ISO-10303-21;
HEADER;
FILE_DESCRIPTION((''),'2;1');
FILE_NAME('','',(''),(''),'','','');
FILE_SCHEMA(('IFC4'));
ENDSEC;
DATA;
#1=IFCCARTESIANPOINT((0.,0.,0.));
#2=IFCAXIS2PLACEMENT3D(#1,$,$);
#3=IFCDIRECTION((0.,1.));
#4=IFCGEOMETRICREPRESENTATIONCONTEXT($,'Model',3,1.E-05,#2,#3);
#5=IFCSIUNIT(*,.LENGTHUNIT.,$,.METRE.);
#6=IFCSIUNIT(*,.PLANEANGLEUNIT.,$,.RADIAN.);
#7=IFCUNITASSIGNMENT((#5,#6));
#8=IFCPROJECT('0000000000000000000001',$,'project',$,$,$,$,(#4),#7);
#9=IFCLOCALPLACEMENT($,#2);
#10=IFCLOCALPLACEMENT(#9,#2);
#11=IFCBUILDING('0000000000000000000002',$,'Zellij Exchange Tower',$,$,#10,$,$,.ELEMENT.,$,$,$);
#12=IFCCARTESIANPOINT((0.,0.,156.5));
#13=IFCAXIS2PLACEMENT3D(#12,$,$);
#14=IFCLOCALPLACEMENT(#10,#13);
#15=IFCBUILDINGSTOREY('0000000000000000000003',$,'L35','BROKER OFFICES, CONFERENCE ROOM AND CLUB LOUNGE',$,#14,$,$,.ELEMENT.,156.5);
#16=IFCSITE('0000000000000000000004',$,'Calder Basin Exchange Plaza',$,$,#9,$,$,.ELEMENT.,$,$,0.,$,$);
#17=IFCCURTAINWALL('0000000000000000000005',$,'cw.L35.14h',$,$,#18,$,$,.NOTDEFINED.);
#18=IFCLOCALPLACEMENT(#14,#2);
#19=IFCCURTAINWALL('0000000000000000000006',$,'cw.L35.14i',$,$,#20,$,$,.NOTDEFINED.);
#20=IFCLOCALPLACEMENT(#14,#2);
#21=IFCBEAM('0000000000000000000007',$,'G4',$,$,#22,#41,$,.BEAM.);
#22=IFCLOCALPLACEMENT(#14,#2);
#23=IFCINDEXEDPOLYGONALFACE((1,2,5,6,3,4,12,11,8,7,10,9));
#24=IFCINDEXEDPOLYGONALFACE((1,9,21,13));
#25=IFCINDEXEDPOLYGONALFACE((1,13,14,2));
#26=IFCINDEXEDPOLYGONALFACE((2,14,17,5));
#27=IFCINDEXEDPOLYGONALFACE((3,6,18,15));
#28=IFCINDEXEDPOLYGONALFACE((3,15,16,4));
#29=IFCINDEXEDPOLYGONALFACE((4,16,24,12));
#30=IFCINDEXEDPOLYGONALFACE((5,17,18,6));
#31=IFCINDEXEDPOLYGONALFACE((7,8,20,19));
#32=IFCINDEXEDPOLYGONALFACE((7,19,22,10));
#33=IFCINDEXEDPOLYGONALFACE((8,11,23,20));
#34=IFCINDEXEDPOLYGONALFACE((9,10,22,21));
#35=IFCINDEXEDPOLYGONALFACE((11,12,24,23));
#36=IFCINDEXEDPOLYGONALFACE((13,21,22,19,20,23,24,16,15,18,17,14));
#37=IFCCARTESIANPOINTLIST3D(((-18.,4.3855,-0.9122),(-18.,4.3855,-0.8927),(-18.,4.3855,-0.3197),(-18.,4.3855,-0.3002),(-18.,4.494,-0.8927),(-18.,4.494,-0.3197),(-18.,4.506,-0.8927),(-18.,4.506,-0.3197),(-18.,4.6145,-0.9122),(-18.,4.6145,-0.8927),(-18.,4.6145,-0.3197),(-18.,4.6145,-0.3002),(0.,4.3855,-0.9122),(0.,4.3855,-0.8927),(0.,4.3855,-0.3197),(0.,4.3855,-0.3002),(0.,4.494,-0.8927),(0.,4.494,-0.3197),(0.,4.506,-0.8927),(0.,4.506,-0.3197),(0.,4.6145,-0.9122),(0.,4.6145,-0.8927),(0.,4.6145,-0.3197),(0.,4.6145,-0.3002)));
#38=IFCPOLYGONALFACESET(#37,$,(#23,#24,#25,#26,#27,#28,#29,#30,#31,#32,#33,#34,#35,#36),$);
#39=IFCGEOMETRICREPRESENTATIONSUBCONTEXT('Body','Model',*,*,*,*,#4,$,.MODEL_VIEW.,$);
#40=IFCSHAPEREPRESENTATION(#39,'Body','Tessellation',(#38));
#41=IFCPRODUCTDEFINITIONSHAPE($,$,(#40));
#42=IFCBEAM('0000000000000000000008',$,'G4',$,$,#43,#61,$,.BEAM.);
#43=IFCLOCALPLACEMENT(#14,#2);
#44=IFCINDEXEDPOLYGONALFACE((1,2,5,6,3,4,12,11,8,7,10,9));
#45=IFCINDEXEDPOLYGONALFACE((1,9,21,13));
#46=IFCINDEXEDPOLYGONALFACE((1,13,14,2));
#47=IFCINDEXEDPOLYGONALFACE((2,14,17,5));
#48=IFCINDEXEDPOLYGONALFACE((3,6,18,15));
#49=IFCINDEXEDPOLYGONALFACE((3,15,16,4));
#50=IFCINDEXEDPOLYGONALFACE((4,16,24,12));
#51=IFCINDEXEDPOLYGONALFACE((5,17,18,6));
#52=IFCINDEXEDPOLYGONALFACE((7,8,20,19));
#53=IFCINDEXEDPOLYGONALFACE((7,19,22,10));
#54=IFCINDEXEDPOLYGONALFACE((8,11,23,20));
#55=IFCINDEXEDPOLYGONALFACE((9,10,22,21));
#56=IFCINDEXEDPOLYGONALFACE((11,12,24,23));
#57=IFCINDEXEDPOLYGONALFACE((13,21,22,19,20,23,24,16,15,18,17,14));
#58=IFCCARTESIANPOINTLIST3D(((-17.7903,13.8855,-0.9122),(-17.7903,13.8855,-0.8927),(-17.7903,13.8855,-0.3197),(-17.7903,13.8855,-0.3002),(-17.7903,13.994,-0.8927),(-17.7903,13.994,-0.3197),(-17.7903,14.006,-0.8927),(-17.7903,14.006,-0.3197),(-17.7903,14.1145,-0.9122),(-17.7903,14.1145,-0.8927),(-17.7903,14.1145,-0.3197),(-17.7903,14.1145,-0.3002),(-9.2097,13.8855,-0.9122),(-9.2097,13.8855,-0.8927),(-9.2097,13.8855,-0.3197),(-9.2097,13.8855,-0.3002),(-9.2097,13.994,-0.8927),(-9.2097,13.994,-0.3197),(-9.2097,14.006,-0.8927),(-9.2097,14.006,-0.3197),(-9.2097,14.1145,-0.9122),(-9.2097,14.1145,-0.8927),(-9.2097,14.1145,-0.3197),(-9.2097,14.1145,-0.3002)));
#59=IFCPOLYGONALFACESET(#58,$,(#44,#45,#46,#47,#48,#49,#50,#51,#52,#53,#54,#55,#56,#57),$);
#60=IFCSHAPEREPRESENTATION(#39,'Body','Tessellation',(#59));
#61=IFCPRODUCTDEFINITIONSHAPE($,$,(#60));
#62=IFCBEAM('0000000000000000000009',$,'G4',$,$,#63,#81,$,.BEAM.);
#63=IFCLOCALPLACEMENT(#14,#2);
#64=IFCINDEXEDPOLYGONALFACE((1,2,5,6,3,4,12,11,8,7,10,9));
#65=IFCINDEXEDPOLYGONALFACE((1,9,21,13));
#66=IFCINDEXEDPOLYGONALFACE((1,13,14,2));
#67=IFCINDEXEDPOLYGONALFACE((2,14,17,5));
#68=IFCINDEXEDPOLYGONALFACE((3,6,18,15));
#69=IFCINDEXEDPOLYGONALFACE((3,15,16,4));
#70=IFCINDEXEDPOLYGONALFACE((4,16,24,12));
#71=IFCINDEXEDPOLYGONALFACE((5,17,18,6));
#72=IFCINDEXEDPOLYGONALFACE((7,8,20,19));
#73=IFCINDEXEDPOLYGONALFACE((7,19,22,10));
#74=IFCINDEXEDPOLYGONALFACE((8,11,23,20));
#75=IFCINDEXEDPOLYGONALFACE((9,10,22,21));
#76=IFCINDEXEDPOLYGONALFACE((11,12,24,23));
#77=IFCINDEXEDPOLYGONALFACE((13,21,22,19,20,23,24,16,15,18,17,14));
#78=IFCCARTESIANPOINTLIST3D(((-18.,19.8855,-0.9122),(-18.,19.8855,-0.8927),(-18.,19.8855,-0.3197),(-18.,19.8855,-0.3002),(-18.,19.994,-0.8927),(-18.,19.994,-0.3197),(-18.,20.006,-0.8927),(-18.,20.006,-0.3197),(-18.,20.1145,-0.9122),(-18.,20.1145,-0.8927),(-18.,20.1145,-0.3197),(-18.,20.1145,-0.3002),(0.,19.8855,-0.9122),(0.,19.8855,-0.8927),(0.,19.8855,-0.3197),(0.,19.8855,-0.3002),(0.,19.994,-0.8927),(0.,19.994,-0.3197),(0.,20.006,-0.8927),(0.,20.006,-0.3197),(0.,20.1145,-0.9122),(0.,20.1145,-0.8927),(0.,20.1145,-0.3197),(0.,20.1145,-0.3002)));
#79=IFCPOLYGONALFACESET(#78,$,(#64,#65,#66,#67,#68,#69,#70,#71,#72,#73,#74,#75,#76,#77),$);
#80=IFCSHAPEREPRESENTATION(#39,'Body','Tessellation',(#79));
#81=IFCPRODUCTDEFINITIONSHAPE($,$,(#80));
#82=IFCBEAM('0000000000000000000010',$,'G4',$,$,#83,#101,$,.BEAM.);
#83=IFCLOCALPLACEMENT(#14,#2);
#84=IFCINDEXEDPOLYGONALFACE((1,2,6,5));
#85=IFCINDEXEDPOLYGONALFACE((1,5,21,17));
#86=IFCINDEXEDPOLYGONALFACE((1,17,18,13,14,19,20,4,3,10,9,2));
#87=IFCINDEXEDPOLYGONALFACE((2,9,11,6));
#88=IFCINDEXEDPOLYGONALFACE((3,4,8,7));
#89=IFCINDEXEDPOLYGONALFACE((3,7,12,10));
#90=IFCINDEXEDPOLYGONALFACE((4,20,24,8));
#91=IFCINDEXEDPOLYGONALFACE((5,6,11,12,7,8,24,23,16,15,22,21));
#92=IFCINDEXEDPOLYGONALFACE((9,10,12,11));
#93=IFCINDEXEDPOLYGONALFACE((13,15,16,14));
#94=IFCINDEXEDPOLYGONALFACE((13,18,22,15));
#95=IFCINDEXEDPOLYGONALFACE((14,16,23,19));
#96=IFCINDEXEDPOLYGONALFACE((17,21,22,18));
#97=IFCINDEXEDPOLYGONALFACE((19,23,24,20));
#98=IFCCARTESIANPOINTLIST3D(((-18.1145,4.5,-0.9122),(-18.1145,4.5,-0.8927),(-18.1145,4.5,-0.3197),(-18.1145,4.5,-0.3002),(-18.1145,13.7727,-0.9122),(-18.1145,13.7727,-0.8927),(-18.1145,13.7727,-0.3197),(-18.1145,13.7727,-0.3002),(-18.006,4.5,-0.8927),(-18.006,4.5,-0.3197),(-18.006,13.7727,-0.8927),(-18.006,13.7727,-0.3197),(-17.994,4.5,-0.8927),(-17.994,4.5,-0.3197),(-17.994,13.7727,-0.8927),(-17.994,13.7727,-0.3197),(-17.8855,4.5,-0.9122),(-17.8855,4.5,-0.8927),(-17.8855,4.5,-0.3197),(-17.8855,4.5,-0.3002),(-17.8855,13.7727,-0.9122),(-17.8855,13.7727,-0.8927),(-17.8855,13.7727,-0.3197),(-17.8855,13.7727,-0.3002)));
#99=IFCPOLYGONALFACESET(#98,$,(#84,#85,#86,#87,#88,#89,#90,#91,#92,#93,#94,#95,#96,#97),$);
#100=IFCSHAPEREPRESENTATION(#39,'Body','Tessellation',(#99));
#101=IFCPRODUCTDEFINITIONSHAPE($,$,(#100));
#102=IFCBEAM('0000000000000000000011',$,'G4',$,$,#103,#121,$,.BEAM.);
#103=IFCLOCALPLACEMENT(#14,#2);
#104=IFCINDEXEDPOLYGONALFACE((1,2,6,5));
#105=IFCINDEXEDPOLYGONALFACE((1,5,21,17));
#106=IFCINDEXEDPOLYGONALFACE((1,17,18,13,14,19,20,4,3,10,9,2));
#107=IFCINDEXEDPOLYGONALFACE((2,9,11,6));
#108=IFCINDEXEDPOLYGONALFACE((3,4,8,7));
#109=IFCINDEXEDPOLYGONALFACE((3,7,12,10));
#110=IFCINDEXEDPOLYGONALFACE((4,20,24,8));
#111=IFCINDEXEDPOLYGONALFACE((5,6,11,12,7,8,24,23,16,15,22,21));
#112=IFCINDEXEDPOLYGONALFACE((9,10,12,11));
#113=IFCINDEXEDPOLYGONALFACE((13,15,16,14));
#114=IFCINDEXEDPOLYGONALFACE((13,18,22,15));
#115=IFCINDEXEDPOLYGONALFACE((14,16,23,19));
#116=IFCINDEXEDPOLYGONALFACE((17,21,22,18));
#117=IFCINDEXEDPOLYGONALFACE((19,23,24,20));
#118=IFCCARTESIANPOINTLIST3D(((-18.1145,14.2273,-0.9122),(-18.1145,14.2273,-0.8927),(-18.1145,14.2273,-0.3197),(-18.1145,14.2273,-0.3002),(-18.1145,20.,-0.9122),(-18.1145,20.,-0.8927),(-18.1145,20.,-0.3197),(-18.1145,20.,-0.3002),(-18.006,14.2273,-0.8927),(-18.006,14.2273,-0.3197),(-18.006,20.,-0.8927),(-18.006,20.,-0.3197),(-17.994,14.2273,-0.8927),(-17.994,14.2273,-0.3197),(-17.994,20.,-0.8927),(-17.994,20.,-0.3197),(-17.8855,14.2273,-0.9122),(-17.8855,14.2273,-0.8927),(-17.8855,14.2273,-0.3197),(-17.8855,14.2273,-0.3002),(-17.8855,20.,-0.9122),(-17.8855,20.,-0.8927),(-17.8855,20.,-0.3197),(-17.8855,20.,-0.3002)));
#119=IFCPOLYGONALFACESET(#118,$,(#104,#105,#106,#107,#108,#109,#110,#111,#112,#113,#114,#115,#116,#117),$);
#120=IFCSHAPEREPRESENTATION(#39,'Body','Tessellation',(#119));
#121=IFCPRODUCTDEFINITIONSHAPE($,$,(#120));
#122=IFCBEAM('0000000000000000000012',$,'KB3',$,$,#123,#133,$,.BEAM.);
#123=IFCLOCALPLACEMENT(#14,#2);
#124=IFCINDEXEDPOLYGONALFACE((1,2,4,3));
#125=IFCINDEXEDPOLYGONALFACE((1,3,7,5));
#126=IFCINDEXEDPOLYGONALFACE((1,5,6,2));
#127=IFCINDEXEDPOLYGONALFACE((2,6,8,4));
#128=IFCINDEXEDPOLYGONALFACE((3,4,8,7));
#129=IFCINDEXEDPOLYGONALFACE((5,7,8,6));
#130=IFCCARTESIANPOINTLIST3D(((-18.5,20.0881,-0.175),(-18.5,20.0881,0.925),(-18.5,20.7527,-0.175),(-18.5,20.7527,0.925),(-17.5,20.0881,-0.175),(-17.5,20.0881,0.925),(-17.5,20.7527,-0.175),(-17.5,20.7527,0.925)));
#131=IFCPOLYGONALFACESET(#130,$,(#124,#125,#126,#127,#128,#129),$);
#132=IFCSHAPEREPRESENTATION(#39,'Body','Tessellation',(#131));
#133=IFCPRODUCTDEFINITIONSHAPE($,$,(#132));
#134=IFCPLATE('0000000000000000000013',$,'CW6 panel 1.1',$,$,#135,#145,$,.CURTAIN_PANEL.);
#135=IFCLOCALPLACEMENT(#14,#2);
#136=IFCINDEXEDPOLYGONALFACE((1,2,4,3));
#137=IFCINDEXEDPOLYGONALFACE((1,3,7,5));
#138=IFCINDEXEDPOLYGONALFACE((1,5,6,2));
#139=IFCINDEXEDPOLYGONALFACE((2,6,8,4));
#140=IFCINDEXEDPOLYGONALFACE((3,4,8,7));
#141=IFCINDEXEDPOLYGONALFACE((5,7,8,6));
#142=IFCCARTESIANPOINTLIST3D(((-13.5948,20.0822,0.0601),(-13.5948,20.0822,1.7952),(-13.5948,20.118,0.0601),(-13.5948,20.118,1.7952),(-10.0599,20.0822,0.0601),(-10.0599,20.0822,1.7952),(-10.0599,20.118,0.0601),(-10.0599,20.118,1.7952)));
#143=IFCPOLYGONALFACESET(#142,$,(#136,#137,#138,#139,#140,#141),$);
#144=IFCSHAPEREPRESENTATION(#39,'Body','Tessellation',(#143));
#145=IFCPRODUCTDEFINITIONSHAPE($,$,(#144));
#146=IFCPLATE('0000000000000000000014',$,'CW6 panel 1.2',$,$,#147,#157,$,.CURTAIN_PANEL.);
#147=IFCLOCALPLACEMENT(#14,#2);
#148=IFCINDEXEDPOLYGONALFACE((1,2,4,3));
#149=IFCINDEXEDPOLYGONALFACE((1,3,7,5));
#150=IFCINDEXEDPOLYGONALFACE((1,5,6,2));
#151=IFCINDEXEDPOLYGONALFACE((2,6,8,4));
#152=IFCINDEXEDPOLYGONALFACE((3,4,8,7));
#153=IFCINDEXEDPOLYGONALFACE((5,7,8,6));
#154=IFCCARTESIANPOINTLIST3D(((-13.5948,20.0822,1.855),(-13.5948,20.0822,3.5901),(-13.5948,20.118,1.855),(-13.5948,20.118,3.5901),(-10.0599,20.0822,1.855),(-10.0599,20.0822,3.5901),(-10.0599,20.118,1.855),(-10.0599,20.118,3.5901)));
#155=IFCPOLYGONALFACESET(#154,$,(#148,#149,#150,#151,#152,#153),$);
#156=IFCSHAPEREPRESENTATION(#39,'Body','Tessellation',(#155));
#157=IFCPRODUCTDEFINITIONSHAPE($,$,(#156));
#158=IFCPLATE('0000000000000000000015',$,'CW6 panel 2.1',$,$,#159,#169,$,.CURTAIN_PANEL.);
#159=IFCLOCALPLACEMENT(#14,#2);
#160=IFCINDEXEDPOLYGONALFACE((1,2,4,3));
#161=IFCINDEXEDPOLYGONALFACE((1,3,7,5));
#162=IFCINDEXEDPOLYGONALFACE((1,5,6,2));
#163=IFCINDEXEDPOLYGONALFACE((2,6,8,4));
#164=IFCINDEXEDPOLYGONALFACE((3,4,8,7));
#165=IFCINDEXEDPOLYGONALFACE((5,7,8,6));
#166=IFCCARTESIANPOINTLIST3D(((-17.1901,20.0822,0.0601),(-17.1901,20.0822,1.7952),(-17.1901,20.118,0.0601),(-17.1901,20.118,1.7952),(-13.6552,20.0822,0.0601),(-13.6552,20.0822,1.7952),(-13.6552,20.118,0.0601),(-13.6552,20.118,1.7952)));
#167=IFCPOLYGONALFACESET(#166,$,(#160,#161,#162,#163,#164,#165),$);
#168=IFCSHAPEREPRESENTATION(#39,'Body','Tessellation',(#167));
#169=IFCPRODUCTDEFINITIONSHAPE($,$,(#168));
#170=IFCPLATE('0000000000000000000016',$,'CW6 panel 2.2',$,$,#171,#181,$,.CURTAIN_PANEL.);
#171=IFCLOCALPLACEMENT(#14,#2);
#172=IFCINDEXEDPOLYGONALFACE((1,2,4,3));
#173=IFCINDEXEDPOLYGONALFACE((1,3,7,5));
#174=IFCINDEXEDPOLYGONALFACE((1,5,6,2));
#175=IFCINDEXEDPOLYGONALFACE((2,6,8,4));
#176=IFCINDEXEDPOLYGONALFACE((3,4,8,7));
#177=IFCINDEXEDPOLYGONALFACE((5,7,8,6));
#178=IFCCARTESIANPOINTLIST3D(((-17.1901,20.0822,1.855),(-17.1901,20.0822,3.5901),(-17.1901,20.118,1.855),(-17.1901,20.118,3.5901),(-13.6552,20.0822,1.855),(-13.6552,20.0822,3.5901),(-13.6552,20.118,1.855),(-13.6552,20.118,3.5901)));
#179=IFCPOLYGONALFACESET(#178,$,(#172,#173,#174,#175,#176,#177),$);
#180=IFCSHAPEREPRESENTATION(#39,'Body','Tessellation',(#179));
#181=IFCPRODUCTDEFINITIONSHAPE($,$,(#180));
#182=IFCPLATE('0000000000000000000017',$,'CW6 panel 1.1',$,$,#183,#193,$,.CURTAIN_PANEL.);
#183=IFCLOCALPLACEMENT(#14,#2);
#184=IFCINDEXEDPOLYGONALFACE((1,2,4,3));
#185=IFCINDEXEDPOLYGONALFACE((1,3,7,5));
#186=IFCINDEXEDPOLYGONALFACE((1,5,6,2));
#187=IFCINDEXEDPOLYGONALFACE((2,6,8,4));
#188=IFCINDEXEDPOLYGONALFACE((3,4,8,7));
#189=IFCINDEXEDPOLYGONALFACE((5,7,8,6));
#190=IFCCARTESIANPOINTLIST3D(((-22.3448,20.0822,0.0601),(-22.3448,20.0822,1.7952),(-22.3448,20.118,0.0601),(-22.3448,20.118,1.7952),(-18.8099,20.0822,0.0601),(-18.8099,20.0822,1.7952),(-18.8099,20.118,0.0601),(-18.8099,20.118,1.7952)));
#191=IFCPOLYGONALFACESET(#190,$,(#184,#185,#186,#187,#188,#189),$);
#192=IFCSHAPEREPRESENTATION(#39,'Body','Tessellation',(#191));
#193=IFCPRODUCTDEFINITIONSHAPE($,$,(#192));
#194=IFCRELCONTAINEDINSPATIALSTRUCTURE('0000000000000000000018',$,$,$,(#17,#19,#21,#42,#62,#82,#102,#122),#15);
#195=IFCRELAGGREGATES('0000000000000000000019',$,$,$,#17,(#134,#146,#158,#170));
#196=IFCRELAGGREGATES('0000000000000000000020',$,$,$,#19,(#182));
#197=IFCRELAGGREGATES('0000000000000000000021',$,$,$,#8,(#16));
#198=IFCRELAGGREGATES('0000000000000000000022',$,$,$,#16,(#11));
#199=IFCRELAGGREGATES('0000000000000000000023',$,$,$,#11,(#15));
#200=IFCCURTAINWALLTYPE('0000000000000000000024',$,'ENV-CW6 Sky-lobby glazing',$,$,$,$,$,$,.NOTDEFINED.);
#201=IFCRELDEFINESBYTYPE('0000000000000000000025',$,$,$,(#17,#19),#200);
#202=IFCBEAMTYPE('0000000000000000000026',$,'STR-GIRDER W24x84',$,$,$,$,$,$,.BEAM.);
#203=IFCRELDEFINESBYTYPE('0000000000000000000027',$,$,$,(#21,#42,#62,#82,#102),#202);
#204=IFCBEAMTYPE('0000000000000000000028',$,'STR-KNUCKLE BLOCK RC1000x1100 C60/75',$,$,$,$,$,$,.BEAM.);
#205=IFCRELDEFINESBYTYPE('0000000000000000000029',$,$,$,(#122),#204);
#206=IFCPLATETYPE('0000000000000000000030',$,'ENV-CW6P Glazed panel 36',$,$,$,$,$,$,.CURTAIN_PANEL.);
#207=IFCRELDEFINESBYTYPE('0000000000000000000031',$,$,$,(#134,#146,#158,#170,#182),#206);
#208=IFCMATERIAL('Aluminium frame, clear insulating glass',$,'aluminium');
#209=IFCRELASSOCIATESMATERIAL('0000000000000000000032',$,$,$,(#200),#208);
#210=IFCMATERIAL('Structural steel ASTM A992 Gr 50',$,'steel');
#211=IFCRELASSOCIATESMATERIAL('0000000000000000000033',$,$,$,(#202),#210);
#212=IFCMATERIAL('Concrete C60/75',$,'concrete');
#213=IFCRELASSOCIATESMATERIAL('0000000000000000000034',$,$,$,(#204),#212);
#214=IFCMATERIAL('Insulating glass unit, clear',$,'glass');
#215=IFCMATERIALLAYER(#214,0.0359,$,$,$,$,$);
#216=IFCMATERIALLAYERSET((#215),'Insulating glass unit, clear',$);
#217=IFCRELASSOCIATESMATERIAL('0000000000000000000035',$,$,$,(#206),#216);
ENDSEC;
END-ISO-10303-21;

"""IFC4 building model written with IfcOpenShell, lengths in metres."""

from ifc_helpers import new_model, si_unit, direction, frame, origin, origin_2d, place, context, subcontext, project, spatial, rectangle, i_section, extrude, material, layer, layer_set, material_profile, profile_set, type_object, element, aggregate, save


model = new_model("IFC4")

# Units and contexts
model_context = context("Model", 3, precision=1e-05, world=origin(), true_north=direction((0.0, 1.0)))
body_context = subcontext(model_context, "Body", "Model", "MODEL_VIEW")
ifc_project = project(units=[si_unit("LENGTHUNIT", "METRE"), si_unit("PLANEANGLEUNIT", "RADIAN")], contexts=[model_context])

# Site, building, storey
site_placement = place(None, origin())
site = spatial("IfcSite", under=ifc_project, at=site_placement, Name="Calder Basin Exchange Plaza", CompositionType="ELEMENT", RefElevation=0.0)
building_placement = place(site_placement, origin())
building = spatial("IfcBuilding", under=site, at=building_placement, Name="Zellij Exchange Tower", CompositionType="ELEMENT")
storey_placement = place(building_placement, frame((0.0, 0.0, 156.5)))
storey = spatial("IfcBuildingStorey", under=building, at=storey_placement, Name="L35", Description="BROKER OFFICES, CONFERENCE ROOM AND CLUB LOUNGE", CompositionType="ELEMENT", Elevation=156.5)

# Shared definitions
ifc_material_1 = material(Name="Concrete C60/75", Category="concrete")

# Curtain wall
ifc_material_2 = material(Name="Aluminium frame, clear insulating glass", Category="aluminium")
curtain_wall_type = type_object("IfcCurtainWallType", Name="ENV-CW6 Sky-lobby glazing", PredefinedType="NOTDEFINED", material=ifc_material_2)
curtain_wall_1_placement = place(storey_placement, origin())
curtain_wall_1 = element("IfcCurtainWall", 1, at=curtain_wall_1_placement, inside=storey, type_object=curtain_wall_type, Name="cw.L35.14h", PredefinedType="NOTDEFINED")

# Curtain wall
curtain_wall_2_placement = place(storey_placement, origin())
curtain_wall_2 = element("IfcCurtainWall", 2, at=curtain_wall_2_placement, inside=storey, type_object=curtain_wall_type, Name="cw.L35.14i", PredefinedType="NOTDEFINED")

# Beams
ifc_material_3 = material(Name="Structural steel ASTM A992 Gr 50", Category="steel")
ifc_material_profile_1 = material_profile(ifc_material_3, i_section(OverallWidth=0.229, OverallDepth=0.6121, WebThickness=0.012, FlangeThickness=0.0195, at=origin_2d()), Name="W24x84")
ifc_profile_set_1 = profile_set([ifc_material_profile_1], Name="Structural steel ASTM A992 Gr 50")
beam_type_1 = type_object("IfcBeamType", Name="STR-GIRDER W24x84", PredefinedType="BEAM", material=ifc_profile_set_1)
beam_1_placement = place(storey_placement, frame((-18.0, 4.5, -0.6062), z_axis=(1.0, 0.0, 0.0), x_axis=(0.0, 1.0, 0.0)))
element("IfcBeam", 3, at=beam_1_placement, inside=storey, type_object=beam_type_1, Name="G4", PredefinedType="BEAM", context=body_context, shape_type="SweptSolid", body=[
    extrude(i_section(OverallWidth=0.229, OverallDepth=0.6121, WebThickness=0.012, FlangeThickness=0.0195, at=origin_2d()), origin(), (0.0, 0.0, 1.0), 18.0),
])
beam_2_placement = place(storey_placement, frame((-17.7903, 14.0, -0.6062), z_axis=(1.0, 0.0, 0.0), x_axis=(0.0, 1.0, 0.0)))
element("IfcBeam", 4, at=beam_2_placement, inside=storey, type_object=beam_type_1, Name="G4", PredefinedType="BEAM", context=body_context, shape_type="SweptSolid", body=[
    extrude(i_section(OverallWidth=0.229, OverallDepth=0.6121, WebThickness=0.012, FlangeThickness=0.0195, at=origin_2d()), origin(), (0.0, 0.0, 1.0), 8.5806),
])
beam_3_placement = place(storey_placement, frame((-18.0, 20.0, -0.6062), z_axis=(1.0, 0.0, 0.0), x_axis=(0.0, 1.0, 0.0)))
element("IfcBeam", 5, at=beam_3_placement, inside=storey, type_object=beam_type_1, Name="G4", PredefinedType="BEAM", context=body_context, shape_type="SweptSolid", body=[
    extrude(i_section(OverallWidth=0.229, OverallDepth=0.6121, WebThickness=0.012, FlangeThickness=0.0195, at=origin_2d()), origin(), (0.0, 0.0, 1.0), 18.0),
])
beam_4_placement = place(storey_placement, frame((-18.0, 4.5, -0.6062), z_axis=(0.0, 1.0, 0.0), x_axis=(-1.0, 0.0, 0.0)))
element("IfcBeam", 6, at=beam_4_placement, inside=storey, type_object=beam_type_1, Name="G4", PredefinedType="BEAM", context=body_context, shape_type="SweptSolid", body=[
    extrude(i_section(OverallWidth=0.229, OverallDepth=0.6121, WebThickness=0.012, FlangeThickness=0.0195, at=origin_2d()), origin(), (0.0, 0.0, 1.0), 9.2727),
])
beam_5_placement = place(storey_placement, frame((-18.0, 14.2273, -0.6062), z_axis=(0.0, 1.0, 0.0), x_axis=(-1.0, 0.0, 0.0)))
element("IfcBeam", 7, at=beam_5_placement, inside=storey, type_object=beam_type_1, Name="G4", PredefinedType="BEAM", context=body_context, shape_type="SweptSolid", body=[
    extrude(i_section(OverallWidth=0.229, OverallDepth=0.6121, WebThickness=0.012, FlangeThickness=0.0195, at=origin_2d()), origin(), (0.0, 0.0, 1.0), 5.7727),
])
ifc_material_profile_2 = material_profile(ifc_material_1, rectangle(XDim=1.0, YDim=1.1001, at=origin_2d()), Name="STR-KNUCKLE BLOCK RC1000x1100 C60/75")
ifc_profile_set_2 = profile_set([ifc_material_profile_2], Name="Concrete C60/75")
beam_type_2 = type_object("IfcBeamType", Name="STR-KNUCKLE BLOCK RC1000x1100 C60/75", PredefinedType="BEAM", material=ifc_profile_set_2)
beam_6_placement = place(storey_placement, frame((-18.0, 20.0881, 0.375), z_axis=(0.0, 1.0, 0.0), x_axis=(-1.0, 0.0, 0.0)))
element("IfcBeam", 8, at=beam_6_placement, inside=storey, type_object=beam_type_2, Name="KB3", PredefinedType="BEAM", context=body_context, shape_type="SweptSolid", body=[
    extrude(rectangle(XDim=1.0, YDim=1.1001, at=origin_2d()), origin(), (0.0, 0.0, 1.0), 0.6646),
])

# Plates
ifc_material_4 = material(Name="Insulating glass unit, clear", Category="glass")
ifc_layer_1 = layer(ifc_material_4, 0.0359)
ifc_layer_set_1 = layer_set([ifc_layer_1], Name="Insulating glass unit, clear")
plate_type = type_object("IfcPlateType", Name="ENV-CW6P Glazed panel 36", PredefinedType="CURTAIN_PANEL", material=ifc_layer_set_1)
plate_1_placement = place(storey_placement, frame((-11.8274, 20.1001, 0.0601), z_axis=(0.0, 0.0, 1.0), x_axis=(-1.0, 0.0, 0.0)))
plate_1 = element("IfcPlate", 9, at=plate_1_placement, type_object=plate_type, Name="CW6 panel 1.1", PredefinedType="CURTAIN_PANEL", context=body_context, shape_type="SweptSolid", body=[
    extrude(rectangle(XDim=3.5349, YDim=0.0359, at=origin_2d()), origin(), (0.0, 0.0, 1.0), 1.7351),
])
plate_2_placement = place(storey_placement, frame((-11.8274, 20.1001, 1.855), z_axis=(0.0, 0.0, 1.0), x_axis=(-1.0, 0.0, 0.0)))
plate_2 = element("IfcPlate", 10, at=plate_2_placement, type_object=plate_type, Name="CW6 panel 1.2", PredefinedType="CURTAIN_PANEL", context=body_context, shape_type="SweptSolid", body=[
    extrude(rectangle(XDim=3.5349, YDim=0.0359, at=origin_2d()), origin(), (0.0, 0.0, 1.0), 1.7351),
])
plate_3_placement = place(storey_placement, frame((-15.4226, 20.1001, 0.0601), z_axis=(0.0, 0.0, 1.0), x_axis=(-1.0, 0.0, 0.0)))
plate_3 = element("IfcPlate", 11, at=plate_3_placement, type_object=plate_type, Name="CW6 panel 2.1", PredefinedType="CURTAIN_PANEL", context=body_context, shape_type="SweptSolid", body=[
    extrude(rectangle(XDim=3.5349, YDim=0.0359, at=origin_2d()), origin(), (0.0, 0.0, 1.0), 1.7351),
])
plate_4_placement = place(storey_placement, frame((-15.4226, 20.1001, 1.855), z_axis=(0.0, 0.0, 1.0), x_axis=(-1.0, 0.0, 0.0)))
plate_4 = element("IfcPlate", 12, at=plate_4_placement, type_object=plate_type, Name="CW6 panel 2.2", PredefinedType="CURTAIN_PANEL", context=body_context, shape_type="SweptSolid", body=[
    extrude(rectangle(XDim=3.5349, YDim=0.0359, at=origin_2d()), origin(), (0.0, 0.0, 1.0), 1.7351),
])
aggregate(curtain_wall_1, [plate_1, plate_2, plate_3, plate_4])
plate_5_placement = place(storey_placement, frame((-20.5774, 20.1001, 0.0601), z_axis=(0.0, 0.0, 1.0), x_axis=(-1.0, 0.0, 0.0)))
plate_5 = element("IfcPlate", 13, at=plate_5_placement, type_object=plate_type, Name="CW6 panel 1.1", PredefinedType="CURTAIN_PANEL", context=body_context, shape_type="SweptSolid", body=[
    extrude(rectangle(XDim=3.5349, YDim=0.0359, at=origin_2d()), origin(), (0.0, 0.0, 1.0), 1.7351),
])
aggregate(curtain_wall_2, [plate_5])

save(model, "model.ifc")
